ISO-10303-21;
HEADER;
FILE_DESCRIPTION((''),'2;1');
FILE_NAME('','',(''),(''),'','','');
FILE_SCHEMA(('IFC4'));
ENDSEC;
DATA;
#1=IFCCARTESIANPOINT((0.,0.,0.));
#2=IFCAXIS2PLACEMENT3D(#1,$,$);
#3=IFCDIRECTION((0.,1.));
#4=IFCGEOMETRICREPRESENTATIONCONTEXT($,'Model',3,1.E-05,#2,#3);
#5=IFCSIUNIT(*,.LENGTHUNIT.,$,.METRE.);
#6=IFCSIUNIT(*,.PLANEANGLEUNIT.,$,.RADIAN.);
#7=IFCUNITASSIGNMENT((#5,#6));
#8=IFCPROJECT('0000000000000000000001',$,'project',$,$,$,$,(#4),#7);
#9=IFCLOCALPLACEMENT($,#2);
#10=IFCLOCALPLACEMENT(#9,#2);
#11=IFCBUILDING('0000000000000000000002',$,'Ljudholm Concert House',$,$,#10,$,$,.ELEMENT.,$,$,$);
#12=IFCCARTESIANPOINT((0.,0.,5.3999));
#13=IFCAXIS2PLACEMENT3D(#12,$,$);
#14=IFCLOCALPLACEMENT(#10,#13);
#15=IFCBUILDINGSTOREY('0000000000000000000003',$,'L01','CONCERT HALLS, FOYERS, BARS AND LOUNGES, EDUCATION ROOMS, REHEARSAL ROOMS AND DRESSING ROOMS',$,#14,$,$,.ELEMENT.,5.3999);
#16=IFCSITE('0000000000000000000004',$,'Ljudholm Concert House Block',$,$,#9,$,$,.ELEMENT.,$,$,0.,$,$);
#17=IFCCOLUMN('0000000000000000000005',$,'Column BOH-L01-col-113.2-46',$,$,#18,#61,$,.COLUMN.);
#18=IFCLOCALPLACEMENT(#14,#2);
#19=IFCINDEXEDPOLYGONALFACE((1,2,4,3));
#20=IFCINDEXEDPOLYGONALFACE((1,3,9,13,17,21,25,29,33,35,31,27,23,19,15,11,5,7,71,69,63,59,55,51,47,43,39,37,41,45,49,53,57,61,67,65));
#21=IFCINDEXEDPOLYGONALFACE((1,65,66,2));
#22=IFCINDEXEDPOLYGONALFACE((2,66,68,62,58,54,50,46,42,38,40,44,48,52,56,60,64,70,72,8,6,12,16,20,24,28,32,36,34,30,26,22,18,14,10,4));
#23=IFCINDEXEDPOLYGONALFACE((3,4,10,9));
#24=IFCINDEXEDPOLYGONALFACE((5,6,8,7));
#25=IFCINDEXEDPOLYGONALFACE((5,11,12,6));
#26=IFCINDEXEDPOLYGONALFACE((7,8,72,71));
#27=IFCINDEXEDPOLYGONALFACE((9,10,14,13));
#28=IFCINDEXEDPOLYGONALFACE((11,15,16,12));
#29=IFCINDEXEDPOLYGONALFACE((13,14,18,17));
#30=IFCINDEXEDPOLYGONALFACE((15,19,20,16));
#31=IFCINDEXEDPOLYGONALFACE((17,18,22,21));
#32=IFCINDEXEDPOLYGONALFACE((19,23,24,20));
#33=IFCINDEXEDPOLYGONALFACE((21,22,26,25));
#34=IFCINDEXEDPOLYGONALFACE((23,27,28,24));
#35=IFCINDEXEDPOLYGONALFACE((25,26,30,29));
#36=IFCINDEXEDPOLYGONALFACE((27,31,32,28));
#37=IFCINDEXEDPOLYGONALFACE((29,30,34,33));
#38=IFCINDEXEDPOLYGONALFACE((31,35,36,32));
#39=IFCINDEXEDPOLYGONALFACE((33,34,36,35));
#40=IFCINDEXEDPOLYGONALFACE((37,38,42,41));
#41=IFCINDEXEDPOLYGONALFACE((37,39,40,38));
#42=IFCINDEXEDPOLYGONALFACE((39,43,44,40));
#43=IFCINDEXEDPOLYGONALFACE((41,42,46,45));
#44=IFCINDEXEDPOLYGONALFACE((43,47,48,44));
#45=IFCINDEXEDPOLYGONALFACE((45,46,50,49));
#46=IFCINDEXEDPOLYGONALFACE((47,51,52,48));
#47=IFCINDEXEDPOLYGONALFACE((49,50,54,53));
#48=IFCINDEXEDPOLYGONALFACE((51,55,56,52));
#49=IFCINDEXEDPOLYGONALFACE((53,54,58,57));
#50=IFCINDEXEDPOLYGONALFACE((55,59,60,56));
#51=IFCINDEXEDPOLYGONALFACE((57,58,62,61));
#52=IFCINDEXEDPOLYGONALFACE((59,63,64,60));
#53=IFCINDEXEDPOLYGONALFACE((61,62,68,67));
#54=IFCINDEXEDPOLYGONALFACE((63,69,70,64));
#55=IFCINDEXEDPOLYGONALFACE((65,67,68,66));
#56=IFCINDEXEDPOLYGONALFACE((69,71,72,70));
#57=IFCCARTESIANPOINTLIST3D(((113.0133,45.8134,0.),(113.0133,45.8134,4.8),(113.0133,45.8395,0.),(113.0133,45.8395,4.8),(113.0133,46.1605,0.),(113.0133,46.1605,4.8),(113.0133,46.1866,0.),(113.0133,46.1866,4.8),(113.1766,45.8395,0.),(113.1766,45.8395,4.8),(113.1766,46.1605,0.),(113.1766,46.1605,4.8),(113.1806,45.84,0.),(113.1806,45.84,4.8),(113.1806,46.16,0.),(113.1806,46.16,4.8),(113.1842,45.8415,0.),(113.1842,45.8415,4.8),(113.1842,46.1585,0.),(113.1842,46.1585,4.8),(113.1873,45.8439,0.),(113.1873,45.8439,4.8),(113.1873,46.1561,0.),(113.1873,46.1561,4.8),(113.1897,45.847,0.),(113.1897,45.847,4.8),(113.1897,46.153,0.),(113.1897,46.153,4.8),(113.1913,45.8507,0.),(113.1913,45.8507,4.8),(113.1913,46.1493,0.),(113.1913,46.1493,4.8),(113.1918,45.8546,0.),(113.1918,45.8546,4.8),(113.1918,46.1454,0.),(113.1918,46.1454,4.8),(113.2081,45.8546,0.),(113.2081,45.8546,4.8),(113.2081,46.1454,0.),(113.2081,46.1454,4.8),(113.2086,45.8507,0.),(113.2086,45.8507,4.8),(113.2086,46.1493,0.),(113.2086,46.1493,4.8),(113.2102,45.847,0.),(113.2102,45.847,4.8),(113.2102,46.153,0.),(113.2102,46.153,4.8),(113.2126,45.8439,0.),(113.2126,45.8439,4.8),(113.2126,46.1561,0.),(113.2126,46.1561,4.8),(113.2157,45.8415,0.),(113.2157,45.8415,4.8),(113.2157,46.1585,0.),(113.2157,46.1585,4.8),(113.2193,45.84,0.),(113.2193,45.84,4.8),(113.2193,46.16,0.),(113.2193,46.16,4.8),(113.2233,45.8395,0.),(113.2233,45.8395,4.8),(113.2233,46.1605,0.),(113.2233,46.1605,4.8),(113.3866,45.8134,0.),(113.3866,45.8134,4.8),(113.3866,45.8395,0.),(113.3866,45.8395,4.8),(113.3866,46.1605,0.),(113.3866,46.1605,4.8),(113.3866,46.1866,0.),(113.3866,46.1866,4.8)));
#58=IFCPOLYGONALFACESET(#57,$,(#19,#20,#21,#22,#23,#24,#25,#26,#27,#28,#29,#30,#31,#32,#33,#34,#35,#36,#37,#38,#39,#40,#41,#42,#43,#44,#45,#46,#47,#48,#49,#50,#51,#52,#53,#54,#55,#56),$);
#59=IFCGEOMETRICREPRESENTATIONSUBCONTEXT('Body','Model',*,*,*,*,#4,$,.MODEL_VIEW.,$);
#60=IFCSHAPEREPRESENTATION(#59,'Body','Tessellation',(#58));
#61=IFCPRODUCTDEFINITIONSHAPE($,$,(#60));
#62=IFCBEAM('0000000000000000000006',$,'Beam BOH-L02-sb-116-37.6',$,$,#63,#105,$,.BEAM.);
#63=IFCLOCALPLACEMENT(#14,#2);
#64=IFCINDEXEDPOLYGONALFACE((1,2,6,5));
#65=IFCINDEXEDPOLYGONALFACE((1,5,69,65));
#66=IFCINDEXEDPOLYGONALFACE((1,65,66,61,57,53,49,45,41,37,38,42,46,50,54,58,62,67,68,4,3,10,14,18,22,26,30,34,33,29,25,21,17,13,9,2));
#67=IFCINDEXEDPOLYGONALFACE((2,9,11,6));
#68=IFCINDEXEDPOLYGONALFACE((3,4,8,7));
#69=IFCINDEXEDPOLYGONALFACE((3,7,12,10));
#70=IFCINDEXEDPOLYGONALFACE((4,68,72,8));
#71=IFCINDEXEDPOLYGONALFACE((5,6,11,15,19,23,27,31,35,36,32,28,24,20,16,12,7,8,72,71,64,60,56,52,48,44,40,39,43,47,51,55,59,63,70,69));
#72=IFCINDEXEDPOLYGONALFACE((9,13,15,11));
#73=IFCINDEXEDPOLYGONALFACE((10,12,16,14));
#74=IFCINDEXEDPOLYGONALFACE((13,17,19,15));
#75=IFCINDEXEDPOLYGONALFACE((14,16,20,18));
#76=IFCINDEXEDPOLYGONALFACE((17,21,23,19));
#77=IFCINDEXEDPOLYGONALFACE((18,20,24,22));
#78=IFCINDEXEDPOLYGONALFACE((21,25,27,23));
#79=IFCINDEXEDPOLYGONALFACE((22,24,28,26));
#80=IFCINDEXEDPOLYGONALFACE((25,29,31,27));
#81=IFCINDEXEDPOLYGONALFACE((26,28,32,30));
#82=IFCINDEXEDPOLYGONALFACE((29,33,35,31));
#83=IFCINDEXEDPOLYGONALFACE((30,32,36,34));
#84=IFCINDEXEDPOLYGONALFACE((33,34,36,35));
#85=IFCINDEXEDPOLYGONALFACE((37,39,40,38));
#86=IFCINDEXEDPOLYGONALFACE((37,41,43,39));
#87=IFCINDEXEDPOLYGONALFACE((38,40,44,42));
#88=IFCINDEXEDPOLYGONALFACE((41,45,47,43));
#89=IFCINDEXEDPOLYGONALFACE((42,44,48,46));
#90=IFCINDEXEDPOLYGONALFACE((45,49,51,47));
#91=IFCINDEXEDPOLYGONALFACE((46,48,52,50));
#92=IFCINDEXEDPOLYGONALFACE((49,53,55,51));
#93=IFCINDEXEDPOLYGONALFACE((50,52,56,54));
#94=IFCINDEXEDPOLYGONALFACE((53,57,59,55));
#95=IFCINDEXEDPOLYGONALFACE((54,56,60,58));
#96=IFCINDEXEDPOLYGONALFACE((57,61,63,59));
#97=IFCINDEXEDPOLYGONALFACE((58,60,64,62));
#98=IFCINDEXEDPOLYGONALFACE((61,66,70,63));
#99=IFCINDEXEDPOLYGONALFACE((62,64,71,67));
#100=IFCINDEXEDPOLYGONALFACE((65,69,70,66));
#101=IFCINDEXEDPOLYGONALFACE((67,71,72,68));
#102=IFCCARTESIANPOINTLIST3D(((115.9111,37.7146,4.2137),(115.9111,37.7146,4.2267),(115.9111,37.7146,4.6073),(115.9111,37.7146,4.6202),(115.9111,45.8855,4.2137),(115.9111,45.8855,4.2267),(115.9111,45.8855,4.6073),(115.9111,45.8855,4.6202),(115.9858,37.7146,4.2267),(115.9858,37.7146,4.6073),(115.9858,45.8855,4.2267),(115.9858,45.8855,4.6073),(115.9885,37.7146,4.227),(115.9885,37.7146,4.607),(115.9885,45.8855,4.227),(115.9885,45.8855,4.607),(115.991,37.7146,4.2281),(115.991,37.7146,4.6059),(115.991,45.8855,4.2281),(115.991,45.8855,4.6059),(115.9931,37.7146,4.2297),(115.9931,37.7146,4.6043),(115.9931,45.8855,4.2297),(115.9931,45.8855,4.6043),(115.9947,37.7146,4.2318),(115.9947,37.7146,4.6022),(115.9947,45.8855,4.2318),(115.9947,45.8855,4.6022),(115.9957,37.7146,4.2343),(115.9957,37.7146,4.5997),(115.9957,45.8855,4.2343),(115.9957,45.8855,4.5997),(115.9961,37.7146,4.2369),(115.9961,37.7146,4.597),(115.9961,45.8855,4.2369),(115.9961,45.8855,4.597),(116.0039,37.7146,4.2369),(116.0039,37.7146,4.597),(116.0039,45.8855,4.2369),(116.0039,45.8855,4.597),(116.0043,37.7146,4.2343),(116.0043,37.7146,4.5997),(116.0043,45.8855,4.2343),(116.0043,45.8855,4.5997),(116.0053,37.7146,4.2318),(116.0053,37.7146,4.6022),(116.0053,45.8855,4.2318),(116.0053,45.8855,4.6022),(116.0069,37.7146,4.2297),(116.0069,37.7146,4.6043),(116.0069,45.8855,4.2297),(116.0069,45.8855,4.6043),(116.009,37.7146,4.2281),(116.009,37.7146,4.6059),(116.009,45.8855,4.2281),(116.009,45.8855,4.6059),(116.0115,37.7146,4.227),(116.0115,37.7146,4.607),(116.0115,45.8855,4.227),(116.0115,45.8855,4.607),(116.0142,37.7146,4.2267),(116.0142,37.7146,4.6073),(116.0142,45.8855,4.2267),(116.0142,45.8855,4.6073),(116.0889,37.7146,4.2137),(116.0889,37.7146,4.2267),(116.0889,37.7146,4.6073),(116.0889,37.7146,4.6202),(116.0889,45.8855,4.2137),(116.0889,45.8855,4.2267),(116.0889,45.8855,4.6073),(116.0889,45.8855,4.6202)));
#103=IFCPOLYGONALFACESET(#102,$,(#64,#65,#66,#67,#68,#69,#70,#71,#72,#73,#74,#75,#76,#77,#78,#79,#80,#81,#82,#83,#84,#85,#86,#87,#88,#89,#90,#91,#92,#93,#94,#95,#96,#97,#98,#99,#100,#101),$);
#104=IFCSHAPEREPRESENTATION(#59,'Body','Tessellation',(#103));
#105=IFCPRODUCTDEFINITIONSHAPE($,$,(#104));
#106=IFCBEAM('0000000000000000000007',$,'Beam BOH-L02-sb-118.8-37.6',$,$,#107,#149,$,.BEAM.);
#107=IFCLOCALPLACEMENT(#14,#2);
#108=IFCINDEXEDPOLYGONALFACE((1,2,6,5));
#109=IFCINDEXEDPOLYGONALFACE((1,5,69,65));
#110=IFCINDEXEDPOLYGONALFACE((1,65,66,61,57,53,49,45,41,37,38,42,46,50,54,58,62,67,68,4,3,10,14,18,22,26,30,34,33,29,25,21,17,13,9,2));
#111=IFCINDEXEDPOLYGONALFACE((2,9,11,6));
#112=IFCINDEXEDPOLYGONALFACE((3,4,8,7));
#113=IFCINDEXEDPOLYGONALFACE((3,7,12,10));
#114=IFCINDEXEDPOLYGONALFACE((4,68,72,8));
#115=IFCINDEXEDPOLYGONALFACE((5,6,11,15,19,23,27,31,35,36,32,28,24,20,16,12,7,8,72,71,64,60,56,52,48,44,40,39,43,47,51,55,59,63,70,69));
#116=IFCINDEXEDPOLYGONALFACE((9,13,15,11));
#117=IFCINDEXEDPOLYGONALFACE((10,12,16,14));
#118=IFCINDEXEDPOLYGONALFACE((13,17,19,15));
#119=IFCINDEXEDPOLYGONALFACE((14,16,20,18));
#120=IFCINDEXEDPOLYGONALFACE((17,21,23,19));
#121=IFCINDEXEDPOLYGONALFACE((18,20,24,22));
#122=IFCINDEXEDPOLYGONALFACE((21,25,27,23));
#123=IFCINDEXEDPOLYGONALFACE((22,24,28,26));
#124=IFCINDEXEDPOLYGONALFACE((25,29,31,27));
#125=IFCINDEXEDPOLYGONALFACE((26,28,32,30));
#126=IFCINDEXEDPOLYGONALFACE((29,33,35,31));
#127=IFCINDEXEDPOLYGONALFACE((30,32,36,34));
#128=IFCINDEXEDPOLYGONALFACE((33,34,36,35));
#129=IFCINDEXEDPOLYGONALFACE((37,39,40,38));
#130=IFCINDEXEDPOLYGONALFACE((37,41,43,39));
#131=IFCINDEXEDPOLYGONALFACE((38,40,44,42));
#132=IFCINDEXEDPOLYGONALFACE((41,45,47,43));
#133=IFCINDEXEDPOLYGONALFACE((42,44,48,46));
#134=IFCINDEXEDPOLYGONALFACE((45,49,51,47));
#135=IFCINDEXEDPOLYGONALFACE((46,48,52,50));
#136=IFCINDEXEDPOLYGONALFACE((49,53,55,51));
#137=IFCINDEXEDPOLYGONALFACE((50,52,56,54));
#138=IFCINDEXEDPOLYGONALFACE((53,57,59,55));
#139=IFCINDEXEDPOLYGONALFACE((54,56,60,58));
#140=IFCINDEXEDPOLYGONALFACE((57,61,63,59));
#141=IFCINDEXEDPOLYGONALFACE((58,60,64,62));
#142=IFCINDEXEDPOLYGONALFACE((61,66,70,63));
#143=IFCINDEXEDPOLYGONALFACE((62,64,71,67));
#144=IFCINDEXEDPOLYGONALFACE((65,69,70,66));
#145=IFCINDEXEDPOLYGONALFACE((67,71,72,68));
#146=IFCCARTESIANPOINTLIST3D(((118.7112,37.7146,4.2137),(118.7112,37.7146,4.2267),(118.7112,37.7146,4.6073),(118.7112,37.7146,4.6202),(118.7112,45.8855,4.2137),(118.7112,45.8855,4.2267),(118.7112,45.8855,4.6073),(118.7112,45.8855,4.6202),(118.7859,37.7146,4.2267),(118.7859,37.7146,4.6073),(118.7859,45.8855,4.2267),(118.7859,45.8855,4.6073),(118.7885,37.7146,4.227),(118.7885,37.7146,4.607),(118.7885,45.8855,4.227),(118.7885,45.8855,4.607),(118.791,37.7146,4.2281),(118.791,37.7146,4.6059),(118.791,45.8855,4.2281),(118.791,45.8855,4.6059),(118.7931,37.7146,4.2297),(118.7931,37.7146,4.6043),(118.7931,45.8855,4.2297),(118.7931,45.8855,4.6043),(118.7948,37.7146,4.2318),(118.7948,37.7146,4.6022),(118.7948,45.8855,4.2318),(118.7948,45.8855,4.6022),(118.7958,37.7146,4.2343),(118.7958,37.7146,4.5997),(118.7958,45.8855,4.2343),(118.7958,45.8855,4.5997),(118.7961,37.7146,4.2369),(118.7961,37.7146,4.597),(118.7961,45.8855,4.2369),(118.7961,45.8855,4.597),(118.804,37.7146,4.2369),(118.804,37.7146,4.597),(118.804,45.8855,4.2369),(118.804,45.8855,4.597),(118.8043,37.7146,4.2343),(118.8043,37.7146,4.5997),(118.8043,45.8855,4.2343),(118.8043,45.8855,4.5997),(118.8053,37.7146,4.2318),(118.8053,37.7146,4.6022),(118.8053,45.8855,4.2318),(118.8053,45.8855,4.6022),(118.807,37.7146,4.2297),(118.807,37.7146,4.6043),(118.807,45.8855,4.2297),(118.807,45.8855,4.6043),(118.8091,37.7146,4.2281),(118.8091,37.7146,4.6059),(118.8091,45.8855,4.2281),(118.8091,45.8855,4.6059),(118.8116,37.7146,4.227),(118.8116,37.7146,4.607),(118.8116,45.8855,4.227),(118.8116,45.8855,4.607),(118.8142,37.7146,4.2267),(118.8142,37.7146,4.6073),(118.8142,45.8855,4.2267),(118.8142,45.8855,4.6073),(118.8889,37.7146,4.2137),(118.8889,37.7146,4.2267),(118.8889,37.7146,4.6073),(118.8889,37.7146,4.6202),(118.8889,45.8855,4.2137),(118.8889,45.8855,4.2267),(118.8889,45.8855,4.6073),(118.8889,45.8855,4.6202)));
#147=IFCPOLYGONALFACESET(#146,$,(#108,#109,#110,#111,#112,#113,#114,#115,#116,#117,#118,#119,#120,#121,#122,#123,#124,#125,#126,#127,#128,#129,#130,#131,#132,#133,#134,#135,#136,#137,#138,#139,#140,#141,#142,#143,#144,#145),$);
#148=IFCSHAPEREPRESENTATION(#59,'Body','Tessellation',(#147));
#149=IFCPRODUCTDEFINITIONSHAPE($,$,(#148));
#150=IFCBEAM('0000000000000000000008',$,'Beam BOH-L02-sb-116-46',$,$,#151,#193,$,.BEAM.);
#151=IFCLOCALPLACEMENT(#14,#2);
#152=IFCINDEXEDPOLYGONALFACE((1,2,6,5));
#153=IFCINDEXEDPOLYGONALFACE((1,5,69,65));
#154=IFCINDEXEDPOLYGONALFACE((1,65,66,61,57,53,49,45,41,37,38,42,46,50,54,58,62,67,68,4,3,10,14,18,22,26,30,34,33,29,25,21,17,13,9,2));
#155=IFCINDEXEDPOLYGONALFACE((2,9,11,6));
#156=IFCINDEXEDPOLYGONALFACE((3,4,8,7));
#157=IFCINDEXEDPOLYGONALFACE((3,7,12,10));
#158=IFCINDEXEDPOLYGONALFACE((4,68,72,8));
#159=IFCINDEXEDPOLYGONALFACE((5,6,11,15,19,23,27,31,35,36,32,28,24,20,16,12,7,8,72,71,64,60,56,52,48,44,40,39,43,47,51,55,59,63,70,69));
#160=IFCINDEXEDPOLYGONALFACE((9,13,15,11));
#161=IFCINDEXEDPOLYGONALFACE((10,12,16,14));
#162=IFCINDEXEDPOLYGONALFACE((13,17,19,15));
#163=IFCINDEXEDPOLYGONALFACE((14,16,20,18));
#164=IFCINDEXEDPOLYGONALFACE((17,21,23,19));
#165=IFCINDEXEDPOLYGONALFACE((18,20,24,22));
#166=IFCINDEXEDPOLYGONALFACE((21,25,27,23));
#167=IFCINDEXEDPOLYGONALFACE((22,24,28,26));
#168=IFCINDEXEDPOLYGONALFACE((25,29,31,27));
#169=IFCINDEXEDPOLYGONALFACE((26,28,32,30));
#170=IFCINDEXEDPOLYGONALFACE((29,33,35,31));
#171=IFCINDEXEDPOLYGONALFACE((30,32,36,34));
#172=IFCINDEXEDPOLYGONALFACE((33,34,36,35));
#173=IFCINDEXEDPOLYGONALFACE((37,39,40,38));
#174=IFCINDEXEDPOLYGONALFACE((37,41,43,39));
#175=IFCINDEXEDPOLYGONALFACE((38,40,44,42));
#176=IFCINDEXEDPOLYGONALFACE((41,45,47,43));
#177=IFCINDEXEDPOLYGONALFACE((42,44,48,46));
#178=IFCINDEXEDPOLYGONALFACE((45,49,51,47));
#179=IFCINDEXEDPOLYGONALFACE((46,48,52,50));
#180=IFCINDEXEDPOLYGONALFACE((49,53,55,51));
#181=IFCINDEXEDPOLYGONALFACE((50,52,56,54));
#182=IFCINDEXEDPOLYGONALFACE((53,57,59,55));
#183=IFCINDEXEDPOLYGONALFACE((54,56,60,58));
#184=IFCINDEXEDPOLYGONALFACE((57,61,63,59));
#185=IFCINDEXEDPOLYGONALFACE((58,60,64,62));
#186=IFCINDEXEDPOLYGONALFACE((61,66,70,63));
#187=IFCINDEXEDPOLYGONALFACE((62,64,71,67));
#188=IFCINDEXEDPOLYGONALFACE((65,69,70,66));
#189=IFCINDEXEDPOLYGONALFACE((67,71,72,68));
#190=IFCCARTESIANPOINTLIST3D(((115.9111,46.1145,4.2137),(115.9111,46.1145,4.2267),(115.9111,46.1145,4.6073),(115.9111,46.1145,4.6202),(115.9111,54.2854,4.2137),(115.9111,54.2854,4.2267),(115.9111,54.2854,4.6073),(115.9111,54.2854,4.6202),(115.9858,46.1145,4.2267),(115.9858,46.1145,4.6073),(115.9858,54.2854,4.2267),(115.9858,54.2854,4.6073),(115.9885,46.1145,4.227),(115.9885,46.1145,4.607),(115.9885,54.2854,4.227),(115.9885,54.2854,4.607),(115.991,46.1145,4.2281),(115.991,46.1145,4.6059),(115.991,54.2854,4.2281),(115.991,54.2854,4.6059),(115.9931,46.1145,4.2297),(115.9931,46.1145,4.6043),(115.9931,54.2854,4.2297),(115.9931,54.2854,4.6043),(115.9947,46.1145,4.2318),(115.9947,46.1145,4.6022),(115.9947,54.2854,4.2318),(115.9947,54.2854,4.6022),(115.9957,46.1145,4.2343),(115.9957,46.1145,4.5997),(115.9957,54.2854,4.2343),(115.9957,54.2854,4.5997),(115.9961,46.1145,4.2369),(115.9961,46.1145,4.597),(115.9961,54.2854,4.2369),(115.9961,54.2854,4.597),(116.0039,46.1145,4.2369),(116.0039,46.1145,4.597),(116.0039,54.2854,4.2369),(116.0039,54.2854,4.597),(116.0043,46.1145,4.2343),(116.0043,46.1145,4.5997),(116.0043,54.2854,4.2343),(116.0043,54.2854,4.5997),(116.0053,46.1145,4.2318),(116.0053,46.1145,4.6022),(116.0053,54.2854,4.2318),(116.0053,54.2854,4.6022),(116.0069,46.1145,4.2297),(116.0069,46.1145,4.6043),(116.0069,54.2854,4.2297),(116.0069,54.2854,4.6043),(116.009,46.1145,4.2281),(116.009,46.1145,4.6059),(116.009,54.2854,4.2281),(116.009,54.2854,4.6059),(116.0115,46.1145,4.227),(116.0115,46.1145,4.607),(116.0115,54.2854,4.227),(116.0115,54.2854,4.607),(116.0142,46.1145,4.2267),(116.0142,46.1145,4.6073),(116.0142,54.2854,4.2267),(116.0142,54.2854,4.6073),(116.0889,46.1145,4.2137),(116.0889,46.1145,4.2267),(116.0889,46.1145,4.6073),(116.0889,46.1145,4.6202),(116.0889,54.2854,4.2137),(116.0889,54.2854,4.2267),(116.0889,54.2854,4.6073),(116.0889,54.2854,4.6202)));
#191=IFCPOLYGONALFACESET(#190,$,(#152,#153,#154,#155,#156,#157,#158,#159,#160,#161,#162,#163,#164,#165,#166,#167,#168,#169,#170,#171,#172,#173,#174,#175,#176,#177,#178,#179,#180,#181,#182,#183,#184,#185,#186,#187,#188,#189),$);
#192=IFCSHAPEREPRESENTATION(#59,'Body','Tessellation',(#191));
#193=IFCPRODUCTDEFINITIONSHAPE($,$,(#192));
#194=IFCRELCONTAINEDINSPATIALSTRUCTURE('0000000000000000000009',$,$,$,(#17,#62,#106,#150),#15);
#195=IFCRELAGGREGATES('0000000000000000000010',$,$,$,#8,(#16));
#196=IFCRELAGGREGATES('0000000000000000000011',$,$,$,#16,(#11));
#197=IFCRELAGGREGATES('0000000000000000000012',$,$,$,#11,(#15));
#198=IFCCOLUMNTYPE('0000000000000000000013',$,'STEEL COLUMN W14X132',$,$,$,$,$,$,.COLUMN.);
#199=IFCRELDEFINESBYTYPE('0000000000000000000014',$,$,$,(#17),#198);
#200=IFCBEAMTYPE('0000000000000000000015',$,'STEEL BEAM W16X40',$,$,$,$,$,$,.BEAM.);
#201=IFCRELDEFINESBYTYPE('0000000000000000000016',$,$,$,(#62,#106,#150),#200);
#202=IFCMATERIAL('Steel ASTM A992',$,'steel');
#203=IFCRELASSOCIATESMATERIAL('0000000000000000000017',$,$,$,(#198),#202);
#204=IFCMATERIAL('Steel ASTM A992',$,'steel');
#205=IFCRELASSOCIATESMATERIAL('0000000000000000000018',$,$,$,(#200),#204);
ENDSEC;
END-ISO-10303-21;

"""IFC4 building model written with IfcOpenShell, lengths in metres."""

from ifc_helpers import new_model, si_unit, direction, frame, origin, origin_2d, place, context, subcontext, project, spatial, i_section, extrude, material, material_profile, profile_set, type_object, element, save


model = new_model("IFC4")

# Units and contexts
model_context = context("Model", 3, precision=1e-05, world=origin(), true_north=direction((0.0, 1.0)))
body_context = subcontext(model_context, "Body", "Model", "MODEL_VIEW")
ifc_project = project(units=[si_unit("LENGTHUNIT", "METRE"), si_unit("PLANEANGLEUNIT", "RADIAN")], contexts=[model_context])

# Site, building, storey
site_placement = place(None, origin())
site = spatial("IfcSite", under=ifc_project, at=site_placement, Name="Ljudholm Concert House Block", CompositionType="ELEMENT", RefElevation=0.0)
building_placement = place(site_placement, origin())
building = spatial("IfcBuilding", under=site, at=building_placement, Name="Ljudholm Concert House", CompositionType="ELEMENT")
storey_placement = place(building_placement, frame((0.0, 0.0, 5.3999)))
storey = spatial("IfcBuildingStorey", under=building, at=storey_placement, Name="L01", Description="CONCERT HALLS, FOYERS, BARS AND LOUNGES, EDUCATION ROOMS, REHEARSAL ROOMS AND DRESSING ROOMS", CompositionType="ELEMENT", Elevation=5.3999)

# Column
ifc_material_1 = material(Name="Steel ASTM A992", Category="steel")
ifc_material_profile_1 = material_profile(ifc_material_1, i_section(OverallWidth=0.3733, OverallDepth=0.3733, WebThickness=0.0164, FlangeThickness=0.0261, FilletRadius=0.0151, at=origin_2d()), Name="W14X132")
ifc_profile_set_1 = profile_set([ifc_material_profile_1], Name="Steel ASTM A992")
column_type = type_object("IfcColumnType", Name="STEEL COLUMN W14X132", PredefinedType="COLUMN", material=ifc_profile_set_1)
column_placement = place(storey_placement, frame((113.2, 46.0, 0.0), z_axis=(0.0, 0.0, 1.0), x_axis=(1.0, 0.0, 0.0)))
element("IfcColumn", 1, at=column_placement, inside=storey, type_object=column_type, Name="Column BOH-L01-col-113.2-46", PredefinedType="COLUMN", context=body_context, shape_type="SweptSolid", body=[
    extrude(i_section(OverallWidth=0.3733, OverallDepth=0.3733, WebThickness=0.0164, FlangeThickness=0.0261, FilletRadius=0.0151, at=origin_2d()), origin(), (0.0, 0.0, 1.0), 4.8),
])

# Beams
ifc_material_2 = material(Name="Steel ASTM A992", Category="steel")
ifc_material_profile_2 = material_profile(ifc_material_2, i_section(OverallWidth=0.1777, OverallDepth=0.4065, WebThickness=0.0078, FlangeThickness=0.0129, FilletRadius=0.0103, at=origin_2d()), Name="W16X40")
ifc_profile_set_2 = profile_set([ifc_material_profile_2], Name="Steel ASTM A992")
beam_type_1 = type_object("IfcBeamType", Name="STEEL BEAM W16X40", PredefinedType="BEAM", material=ifc_profile_set_2)
for number, where, z_axis, x_axis, name in (
    (2, (116.0, 37.7146, 4.417), (0.0, 1.0, 0.0), (-1.0, 0.0, 0.0), "Beam BOH-L02-sb-116-37.6"),
    (3, (118.8, 37.7146, 4.417), (0.0, 1.0, 0.0), (-1.0, 0.0, 0.0), "Beam BOH-L02-sb-118.8-37.6"),
    (4, (116.0, 46.1145, 4.417), (0.0, 1.0, 0.0), (-1.0, 0.0, 0.0), "Beam BOH-L02-sb-116-46"),
):
    element("IfcBeam", number, at=place(storey_placement, frame(where, z_axis=z_axis, x_axis=x_axis)), inside=storey, type_object=beam_type_1, Name=name, PredefinedType="BEAM", context=body_context, shape_type="SweptSolid", body=[
        extrude(i_section(OverallWidth=0.1777, OverallDepth=0.4065, WebThickness=0.0078, FlangeThickness=0.0129, FilletRadius=0.0103, at=origin_2d()), origin(), (0.0, 0.0, 1.0), 8.1709),
    ])

save(model, "model.ifc")
